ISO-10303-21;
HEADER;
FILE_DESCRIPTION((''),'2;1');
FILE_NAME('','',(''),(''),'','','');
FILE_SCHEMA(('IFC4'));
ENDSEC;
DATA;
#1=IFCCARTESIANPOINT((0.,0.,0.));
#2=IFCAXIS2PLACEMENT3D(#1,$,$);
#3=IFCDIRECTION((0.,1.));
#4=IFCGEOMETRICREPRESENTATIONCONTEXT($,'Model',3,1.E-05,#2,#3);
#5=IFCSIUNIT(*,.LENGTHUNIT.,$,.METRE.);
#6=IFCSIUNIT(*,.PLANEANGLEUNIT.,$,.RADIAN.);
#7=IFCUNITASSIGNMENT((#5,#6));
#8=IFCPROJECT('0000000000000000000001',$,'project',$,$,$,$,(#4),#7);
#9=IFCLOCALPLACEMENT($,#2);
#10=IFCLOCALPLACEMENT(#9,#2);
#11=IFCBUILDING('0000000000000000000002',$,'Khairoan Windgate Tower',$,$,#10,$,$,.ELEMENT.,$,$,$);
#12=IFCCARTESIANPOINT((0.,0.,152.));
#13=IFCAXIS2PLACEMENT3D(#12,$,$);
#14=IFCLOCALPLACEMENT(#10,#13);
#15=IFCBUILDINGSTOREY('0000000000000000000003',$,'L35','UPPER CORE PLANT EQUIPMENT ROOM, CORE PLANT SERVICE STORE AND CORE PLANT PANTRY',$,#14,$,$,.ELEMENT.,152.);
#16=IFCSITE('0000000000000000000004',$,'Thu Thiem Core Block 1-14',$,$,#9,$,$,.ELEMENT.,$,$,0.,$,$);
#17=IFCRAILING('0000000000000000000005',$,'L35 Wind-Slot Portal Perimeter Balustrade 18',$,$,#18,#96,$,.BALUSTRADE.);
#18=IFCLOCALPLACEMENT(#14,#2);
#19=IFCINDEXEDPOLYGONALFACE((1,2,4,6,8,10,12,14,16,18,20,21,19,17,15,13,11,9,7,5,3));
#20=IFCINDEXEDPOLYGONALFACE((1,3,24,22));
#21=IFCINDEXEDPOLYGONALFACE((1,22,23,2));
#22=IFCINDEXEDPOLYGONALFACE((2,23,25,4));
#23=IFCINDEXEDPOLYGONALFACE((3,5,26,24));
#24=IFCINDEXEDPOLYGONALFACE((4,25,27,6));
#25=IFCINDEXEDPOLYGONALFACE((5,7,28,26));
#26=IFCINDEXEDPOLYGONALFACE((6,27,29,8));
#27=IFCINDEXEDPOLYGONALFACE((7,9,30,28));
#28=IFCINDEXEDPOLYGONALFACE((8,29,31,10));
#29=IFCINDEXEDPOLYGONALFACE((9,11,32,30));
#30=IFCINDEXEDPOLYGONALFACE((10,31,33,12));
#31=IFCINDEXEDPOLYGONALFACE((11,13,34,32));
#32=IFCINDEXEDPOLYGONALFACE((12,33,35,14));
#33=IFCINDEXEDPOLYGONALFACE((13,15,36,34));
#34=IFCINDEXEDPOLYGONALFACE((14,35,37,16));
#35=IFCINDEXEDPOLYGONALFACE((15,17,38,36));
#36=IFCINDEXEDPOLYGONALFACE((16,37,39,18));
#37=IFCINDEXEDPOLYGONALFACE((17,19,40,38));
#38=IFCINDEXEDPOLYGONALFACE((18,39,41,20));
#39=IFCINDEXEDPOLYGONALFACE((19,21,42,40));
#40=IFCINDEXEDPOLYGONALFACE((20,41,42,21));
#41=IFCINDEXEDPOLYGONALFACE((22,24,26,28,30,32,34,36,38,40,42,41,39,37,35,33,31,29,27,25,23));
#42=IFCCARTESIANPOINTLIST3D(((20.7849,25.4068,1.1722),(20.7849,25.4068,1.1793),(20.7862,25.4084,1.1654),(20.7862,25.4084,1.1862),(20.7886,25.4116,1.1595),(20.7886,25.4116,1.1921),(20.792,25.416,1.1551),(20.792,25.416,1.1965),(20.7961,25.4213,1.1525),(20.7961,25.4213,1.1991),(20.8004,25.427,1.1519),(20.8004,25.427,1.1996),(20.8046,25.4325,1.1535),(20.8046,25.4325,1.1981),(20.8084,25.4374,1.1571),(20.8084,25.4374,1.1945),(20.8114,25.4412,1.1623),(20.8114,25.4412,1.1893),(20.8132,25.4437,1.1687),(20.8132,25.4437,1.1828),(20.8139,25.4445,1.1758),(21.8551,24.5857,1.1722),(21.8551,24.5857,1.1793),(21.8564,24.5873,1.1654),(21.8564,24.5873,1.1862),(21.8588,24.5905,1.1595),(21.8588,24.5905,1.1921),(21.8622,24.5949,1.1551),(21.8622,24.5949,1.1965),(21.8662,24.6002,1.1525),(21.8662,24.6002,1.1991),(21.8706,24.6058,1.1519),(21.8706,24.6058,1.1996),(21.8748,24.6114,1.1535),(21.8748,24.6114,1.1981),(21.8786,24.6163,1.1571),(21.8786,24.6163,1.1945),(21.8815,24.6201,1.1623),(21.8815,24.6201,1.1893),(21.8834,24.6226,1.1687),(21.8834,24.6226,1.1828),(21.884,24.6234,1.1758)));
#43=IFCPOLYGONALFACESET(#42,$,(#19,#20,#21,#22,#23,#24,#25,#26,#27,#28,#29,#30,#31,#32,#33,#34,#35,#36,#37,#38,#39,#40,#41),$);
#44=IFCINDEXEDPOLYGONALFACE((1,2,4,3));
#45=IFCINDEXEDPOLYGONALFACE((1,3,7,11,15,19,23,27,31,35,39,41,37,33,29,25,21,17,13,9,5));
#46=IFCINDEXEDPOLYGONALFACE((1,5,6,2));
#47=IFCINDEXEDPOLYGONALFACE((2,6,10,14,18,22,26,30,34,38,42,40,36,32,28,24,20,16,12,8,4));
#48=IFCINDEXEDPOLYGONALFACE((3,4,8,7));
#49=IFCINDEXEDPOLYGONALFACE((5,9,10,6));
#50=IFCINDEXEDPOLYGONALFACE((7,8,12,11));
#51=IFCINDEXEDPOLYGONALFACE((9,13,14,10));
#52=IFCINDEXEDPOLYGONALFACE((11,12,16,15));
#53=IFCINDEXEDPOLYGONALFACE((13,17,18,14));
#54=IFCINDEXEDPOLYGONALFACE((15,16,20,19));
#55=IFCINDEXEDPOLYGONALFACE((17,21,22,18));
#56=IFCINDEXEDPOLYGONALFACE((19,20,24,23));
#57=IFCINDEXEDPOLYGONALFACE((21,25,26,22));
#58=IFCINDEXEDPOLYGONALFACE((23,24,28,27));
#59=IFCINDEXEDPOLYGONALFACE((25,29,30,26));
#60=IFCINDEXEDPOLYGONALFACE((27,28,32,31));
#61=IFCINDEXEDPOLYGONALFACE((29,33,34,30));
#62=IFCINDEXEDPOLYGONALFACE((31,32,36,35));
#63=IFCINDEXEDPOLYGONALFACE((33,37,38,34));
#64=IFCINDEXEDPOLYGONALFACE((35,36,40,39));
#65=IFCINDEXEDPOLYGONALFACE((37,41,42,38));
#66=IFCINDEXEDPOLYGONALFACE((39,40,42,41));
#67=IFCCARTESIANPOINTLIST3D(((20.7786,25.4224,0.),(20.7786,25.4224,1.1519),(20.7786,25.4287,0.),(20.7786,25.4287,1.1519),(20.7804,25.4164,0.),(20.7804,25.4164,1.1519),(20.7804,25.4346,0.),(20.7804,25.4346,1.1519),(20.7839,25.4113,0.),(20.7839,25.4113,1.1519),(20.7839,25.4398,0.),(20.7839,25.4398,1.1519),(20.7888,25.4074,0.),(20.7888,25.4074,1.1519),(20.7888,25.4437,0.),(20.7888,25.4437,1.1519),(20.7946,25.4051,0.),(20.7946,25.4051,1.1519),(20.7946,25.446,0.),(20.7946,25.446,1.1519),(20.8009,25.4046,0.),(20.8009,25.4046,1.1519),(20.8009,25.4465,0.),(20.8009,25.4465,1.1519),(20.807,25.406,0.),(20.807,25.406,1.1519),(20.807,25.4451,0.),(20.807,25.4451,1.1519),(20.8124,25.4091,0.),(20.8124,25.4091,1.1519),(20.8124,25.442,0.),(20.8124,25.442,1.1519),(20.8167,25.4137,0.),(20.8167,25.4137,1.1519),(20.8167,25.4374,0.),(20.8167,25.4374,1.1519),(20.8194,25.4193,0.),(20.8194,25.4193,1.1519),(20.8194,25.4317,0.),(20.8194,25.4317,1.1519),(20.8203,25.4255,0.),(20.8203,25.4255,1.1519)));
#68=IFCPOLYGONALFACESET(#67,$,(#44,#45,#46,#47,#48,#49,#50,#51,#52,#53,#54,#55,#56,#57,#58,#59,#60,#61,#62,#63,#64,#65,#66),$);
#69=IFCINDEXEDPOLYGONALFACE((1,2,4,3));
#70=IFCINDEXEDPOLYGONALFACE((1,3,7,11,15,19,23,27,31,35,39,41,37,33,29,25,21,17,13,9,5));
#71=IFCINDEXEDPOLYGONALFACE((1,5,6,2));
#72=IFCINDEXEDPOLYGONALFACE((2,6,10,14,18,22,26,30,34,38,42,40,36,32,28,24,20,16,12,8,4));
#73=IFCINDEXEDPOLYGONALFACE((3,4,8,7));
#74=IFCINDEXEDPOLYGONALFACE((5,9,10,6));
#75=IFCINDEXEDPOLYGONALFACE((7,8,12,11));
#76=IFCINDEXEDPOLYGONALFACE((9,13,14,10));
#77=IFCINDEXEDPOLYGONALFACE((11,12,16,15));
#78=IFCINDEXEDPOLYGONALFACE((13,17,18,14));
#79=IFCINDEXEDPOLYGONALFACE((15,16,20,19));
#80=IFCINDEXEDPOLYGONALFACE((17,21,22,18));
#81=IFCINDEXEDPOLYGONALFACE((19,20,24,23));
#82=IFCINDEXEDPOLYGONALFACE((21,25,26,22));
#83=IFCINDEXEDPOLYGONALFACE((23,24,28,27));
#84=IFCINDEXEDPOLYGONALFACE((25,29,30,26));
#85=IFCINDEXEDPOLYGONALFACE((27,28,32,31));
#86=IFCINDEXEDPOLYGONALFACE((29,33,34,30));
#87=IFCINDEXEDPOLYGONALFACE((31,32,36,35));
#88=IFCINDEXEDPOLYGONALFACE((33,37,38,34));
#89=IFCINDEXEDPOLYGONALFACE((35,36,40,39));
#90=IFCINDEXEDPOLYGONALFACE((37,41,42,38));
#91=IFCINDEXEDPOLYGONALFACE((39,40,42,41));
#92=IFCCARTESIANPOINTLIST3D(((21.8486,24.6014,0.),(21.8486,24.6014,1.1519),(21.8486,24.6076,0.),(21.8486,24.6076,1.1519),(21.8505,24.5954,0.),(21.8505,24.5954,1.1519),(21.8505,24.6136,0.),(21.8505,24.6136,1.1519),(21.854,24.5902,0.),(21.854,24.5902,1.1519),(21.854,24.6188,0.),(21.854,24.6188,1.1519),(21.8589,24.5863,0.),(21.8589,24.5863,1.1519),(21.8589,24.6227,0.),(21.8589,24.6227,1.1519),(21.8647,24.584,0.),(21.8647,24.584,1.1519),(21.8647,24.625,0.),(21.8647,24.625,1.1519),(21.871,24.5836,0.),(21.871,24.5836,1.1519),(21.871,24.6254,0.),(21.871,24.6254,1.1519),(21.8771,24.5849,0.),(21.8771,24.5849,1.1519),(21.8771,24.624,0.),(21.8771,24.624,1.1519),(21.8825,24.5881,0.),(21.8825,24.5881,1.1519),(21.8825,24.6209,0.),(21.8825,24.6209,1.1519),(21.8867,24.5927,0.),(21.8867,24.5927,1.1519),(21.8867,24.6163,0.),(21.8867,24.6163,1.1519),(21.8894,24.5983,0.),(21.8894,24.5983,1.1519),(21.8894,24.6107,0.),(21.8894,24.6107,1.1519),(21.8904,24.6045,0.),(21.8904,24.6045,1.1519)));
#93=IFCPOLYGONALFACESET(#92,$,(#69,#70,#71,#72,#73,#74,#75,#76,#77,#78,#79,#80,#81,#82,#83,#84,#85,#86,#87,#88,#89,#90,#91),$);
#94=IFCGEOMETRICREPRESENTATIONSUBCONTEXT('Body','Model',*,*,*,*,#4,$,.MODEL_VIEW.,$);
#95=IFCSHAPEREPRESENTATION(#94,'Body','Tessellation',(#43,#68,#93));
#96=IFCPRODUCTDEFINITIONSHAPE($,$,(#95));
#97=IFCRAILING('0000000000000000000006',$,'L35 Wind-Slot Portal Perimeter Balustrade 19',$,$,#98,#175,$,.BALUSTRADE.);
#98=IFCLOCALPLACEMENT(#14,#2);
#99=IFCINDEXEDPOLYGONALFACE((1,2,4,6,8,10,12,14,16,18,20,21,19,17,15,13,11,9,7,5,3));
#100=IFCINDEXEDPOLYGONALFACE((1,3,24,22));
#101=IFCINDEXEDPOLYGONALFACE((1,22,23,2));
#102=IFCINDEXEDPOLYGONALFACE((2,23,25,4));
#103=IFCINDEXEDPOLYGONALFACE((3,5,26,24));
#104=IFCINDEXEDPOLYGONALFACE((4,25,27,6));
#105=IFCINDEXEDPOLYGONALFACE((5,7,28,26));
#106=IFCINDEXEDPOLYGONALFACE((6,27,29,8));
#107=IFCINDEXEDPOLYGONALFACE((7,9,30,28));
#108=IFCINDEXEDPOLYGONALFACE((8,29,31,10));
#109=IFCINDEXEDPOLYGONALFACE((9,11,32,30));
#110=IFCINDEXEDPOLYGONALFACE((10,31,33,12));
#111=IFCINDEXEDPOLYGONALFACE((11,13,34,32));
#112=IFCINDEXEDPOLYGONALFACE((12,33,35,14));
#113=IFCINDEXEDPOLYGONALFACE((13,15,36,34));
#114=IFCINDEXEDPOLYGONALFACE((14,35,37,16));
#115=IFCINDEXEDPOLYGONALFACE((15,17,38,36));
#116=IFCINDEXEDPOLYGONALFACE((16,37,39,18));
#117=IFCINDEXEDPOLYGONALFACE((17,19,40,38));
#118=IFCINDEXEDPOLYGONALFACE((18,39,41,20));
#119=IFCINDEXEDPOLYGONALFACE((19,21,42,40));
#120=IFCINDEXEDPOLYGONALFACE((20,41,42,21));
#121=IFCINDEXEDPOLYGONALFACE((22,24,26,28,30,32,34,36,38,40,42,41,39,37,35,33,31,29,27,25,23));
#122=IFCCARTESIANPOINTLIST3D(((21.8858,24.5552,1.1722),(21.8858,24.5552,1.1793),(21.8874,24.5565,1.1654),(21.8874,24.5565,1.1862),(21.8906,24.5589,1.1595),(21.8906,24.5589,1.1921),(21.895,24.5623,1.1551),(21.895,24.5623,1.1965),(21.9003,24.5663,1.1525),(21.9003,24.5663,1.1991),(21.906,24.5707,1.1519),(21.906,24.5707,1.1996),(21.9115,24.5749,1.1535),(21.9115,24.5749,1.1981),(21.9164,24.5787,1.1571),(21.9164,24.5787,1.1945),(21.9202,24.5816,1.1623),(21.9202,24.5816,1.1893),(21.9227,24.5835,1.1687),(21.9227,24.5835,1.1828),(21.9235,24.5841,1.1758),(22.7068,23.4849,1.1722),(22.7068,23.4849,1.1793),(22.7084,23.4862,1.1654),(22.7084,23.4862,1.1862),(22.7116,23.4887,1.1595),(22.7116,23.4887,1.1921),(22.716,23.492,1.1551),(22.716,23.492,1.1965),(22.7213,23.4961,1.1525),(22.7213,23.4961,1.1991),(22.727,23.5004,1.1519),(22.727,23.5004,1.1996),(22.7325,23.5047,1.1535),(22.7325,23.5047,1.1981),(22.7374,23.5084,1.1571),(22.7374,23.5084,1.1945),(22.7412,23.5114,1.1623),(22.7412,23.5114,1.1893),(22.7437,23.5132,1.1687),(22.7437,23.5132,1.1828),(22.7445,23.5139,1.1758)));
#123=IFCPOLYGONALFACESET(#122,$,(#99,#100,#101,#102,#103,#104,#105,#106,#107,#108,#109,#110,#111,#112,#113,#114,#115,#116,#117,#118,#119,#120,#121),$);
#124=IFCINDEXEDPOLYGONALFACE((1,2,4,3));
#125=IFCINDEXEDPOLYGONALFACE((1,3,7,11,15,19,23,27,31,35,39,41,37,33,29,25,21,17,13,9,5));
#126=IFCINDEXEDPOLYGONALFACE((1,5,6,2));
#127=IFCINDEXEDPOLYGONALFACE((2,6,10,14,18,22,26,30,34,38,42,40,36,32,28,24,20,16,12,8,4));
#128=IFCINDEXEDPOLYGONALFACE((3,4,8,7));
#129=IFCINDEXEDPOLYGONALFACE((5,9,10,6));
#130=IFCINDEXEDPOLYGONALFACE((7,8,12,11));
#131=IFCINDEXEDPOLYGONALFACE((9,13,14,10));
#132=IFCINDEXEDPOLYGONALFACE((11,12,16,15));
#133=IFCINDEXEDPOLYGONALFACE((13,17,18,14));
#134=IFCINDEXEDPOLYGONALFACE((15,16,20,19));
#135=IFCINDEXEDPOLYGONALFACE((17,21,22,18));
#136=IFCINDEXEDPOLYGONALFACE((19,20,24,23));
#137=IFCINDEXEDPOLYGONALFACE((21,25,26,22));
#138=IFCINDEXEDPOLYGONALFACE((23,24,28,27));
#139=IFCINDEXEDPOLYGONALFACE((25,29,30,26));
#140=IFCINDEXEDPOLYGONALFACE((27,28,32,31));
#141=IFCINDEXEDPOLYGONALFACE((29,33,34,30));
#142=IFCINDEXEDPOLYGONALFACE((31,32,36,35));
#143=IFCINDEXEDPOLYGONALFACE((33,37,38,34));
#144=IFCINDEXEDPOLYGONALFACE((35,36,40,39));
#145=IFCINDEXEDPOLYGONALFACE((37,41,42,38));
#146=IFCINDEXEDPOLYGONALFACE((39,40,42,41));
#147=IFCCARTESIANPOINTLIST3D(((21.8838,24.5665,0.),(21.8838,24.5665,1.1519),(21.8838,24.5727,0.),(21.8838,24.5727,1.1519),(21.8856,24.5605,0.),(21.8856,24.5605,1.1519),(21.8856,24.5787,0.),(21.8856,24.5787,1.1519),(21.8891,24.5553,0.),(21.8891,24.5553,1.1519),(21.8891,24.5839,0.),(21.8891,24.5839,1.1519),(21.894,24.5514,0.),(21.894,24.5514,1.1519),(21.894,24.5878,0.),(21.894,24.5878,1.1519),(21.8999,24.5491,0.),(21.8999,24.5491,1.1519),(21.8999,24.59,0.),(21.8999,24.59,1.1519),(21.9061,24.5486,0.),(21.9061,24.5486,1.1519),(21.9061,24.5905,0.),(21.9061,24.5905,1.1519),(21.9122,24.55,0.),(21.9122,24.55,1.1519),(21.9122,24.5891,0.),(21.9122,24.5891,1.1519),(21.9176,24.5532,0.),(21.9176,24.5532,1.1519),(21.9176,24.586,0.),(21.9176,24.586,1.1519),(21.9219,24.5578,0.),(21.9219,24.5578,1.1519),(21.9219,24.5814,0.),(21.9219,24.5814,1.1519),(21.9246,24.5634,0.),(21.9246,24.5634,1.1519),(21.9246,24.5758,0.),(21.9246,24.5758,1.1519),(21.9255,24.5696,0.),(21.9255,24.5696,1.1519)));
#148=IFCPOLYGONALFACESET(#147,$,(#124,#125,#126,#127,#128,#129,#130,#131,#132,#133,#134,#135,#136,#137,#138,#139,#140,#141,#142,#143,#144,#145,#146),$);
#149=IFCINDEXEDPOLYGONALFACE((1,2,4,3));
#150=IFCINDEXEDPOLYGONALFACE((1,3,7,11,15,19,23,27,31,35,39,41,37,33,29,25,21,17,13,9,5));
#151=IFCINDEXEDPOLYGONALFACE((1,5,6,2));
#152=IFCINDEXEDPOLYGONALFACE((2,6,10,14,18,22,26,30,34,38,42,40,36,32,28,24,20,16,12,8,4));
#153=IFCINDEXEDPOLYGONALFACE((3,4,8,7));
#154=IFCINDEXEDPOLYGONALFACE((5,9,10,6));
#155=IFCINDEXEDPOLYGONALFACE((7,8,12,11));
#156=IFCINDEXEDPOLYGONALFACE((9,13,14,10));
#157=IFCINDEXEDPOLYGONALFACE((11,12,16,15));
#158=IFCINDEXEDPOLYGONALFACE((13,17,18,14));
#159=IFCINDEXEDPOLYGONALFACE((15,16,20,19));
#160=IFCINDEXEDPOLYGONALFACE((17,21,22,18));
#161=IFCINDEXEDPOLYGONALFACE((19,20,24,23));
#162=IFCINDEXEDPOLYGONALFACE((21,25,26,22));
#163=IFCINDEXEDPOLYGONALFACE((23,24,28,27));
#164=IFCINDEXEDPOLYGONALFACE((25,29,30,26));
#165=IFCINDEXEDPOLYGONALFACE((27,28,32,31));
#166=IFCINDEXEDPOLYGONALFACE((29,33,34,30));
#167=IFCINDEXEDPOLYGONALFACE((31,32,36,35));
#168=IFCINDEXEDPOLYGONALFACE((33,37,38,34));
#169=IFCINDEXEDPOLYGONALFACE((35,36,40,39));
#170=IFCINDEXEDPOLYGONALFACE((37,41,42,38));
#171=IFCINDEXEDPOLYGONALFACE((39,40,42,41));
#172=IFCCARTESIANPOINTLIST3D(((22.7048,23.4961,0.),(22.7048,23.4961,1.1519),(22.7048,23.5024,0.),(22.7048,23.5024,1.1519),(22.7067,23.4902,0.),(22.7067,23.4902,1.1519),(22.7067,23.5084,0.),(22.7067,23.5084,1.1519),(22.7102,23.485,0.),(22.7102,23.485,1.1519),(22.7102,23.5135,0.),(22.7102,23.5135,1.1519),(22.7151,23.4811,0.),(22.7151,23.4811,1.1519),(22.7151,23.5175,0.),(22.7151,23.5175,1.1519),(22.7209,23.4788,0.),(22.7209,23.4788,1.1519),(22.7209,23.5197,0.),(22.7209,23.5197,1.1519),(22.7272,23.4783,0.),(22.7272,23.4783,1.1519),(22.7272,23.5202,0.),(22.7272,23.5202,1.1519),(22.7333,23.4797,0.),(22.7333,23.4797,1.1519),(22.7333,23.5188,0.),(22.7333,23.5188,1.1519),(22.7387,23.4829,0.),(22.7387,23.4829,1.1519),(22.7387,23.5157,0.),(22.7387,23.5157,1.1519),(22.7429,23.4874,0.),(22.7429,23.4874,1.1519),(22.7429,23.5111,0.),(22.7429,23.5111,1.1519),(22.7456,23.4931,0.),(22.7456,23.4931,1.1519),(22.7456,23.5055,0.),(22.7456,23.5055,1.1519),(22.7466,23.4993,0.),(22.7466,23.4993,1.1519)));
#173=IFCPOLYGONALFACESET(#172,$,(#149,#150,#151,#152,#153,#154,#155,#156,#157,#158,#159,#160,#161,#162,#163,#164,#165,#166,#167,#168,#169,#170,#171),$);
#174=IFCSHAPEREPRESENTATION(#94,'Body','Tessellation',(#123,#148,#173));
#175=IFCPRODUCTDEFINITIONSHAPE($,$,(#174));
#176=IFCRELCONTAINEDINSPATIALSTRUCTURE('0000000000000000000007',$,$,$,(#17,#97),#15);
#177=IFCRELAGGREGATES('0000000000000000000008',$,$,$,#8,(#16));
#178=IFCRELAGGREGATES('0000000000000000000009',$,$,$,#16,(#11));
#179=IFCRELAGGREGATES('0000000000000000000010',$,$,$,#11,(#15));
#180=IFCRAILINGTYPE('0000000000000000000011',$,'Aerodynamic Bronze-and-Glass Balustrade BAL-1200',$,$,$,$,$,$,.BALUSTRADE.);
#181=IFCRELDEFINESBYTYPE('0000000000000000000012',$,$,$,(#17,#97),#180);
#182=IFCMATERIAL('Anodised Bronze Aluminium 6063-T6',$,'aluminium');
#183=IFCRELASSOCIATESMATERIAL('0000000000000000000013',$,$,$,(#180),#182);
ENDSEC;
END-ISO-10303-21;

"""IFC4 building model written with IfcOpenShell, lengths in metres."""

from ifc_helpers import new_model, si_unit, direction, frame, origin, origin_2d, place, context, subcontext, project, spatial, circle, extrude, material, type_object, element, save


model = new_model("IFC4")

# Units and contexts
model_context = context("Model", 3, precision=1e-05, world=origin(), true_north=direction((0.0, 1.0)))
body_context = subcontext(model_context, "Body", "Model", "MODEL_VIEW")
ifc_project = project(units=[si_unit("LENGTHUNIT", "METRE"), si_unit("PLANEANGLEUNIT", "RADIAN")], contexts=[model_context])

# Site, building, storey
site_placement = place(None, origin())
site = spatial("IfcSite", under=ifc_project, at=site_placement, Name="Thu Thiem Core Block 1-14", CompositionType="ELEMENT", RefElevation=0.0)
building_placement = place(site_placement, origin())
building = spatial("IfcBuilding", under=site, at=building_placement, Name="Khairoan Windgate Tower", CompositionType="ELEMENT")
storey_placement = place(building_placement, frame((0.0, 0.0, 152.0)))
storey = spatial("IfcBuildingStorey", under=building, at=storey_placement, Name="L35", Description="UPPER CORE PLANT EQUIPMENT ROOM, CORE PLANT SERVICE STORE AND CORE PLANT PANTRY", CompositionType="ELEMENT", Elevation=152.0)

# Railings
ifc_material_1 = material(Name="Anodised Bronze Aluminium 6063-T6", Category="aluminium")
railing_type = type_object("IfcRailingType", Name="Aerodynamic Bronze-and-Glass Balustrade BAL-1200", PredefinedType="BALUSTRADE", material=ifc_material_1)
railing_1_placement = place(storey_placement, frame((20.7993, 25.4255, 0.0)))
element("IfcRailing", 1, at=railing_1_placement, inside=storey, type_object=railing_type, Name="L35 Wind-Slot Portal Perimeter Balustrade 18", PredefinedType="BALUSTRADE", context=body_context, shape_type="SweptSolid", body=[
    extrude(circle(Radius=0.0239, at=origin_2d()), frame((0.0, 0.0, 1.1758), z_axis=(0.79337, -0.608739, 0.0), x_axis=(0.608739, 0.79337, 0.0)), (0.0, 0.0, 1.0), 1.3489),
    extrude(circle(Radius=0.021, at=origin_2d()), origin(), (0.0, 0.0, 1.0), 1.1519),
    extrude(circle(Radius=0.021, at=origin_2d()), frame((1.0701, -0.821, 0.0)), (0.0, 0.0, 1.0), 1.1519),
])
railing_2_placement = place(storey_placement, frame((21.9045, 24.5696, 0.0)))
element("IfcRailing", 2, at=railing_2_placement, inside=storey, type_object=railing_type, Name="L35 Wind-Slot Portal Perimeter Balustrade 19", PredefinedType="BALUSTRADE", context=body_context, shape_type="SweptSolid", body=[
    extrude(circle(Radius=0.0239, at=origin_2d()), frame((0.0, 0.0, 1.1758), z_axis=(0.608652, -0.793437, 0.0), x_axis=(0.793437, 0.608652, 0.0)), (0.0, 0.0, 1.0), 1.3489),
    extrude(circle(Radius=0.021, at=origin_2d()), origin(), (0.0, 0.0, 1.0), 1.1519),
    extrude(circle(Radius=0.021, at=origin_2d()), frame((0.821, -1.0703, 0.0)), (0.0, 0.0, 1.0), 1.1519),
])

save(model, "model.ifc")
